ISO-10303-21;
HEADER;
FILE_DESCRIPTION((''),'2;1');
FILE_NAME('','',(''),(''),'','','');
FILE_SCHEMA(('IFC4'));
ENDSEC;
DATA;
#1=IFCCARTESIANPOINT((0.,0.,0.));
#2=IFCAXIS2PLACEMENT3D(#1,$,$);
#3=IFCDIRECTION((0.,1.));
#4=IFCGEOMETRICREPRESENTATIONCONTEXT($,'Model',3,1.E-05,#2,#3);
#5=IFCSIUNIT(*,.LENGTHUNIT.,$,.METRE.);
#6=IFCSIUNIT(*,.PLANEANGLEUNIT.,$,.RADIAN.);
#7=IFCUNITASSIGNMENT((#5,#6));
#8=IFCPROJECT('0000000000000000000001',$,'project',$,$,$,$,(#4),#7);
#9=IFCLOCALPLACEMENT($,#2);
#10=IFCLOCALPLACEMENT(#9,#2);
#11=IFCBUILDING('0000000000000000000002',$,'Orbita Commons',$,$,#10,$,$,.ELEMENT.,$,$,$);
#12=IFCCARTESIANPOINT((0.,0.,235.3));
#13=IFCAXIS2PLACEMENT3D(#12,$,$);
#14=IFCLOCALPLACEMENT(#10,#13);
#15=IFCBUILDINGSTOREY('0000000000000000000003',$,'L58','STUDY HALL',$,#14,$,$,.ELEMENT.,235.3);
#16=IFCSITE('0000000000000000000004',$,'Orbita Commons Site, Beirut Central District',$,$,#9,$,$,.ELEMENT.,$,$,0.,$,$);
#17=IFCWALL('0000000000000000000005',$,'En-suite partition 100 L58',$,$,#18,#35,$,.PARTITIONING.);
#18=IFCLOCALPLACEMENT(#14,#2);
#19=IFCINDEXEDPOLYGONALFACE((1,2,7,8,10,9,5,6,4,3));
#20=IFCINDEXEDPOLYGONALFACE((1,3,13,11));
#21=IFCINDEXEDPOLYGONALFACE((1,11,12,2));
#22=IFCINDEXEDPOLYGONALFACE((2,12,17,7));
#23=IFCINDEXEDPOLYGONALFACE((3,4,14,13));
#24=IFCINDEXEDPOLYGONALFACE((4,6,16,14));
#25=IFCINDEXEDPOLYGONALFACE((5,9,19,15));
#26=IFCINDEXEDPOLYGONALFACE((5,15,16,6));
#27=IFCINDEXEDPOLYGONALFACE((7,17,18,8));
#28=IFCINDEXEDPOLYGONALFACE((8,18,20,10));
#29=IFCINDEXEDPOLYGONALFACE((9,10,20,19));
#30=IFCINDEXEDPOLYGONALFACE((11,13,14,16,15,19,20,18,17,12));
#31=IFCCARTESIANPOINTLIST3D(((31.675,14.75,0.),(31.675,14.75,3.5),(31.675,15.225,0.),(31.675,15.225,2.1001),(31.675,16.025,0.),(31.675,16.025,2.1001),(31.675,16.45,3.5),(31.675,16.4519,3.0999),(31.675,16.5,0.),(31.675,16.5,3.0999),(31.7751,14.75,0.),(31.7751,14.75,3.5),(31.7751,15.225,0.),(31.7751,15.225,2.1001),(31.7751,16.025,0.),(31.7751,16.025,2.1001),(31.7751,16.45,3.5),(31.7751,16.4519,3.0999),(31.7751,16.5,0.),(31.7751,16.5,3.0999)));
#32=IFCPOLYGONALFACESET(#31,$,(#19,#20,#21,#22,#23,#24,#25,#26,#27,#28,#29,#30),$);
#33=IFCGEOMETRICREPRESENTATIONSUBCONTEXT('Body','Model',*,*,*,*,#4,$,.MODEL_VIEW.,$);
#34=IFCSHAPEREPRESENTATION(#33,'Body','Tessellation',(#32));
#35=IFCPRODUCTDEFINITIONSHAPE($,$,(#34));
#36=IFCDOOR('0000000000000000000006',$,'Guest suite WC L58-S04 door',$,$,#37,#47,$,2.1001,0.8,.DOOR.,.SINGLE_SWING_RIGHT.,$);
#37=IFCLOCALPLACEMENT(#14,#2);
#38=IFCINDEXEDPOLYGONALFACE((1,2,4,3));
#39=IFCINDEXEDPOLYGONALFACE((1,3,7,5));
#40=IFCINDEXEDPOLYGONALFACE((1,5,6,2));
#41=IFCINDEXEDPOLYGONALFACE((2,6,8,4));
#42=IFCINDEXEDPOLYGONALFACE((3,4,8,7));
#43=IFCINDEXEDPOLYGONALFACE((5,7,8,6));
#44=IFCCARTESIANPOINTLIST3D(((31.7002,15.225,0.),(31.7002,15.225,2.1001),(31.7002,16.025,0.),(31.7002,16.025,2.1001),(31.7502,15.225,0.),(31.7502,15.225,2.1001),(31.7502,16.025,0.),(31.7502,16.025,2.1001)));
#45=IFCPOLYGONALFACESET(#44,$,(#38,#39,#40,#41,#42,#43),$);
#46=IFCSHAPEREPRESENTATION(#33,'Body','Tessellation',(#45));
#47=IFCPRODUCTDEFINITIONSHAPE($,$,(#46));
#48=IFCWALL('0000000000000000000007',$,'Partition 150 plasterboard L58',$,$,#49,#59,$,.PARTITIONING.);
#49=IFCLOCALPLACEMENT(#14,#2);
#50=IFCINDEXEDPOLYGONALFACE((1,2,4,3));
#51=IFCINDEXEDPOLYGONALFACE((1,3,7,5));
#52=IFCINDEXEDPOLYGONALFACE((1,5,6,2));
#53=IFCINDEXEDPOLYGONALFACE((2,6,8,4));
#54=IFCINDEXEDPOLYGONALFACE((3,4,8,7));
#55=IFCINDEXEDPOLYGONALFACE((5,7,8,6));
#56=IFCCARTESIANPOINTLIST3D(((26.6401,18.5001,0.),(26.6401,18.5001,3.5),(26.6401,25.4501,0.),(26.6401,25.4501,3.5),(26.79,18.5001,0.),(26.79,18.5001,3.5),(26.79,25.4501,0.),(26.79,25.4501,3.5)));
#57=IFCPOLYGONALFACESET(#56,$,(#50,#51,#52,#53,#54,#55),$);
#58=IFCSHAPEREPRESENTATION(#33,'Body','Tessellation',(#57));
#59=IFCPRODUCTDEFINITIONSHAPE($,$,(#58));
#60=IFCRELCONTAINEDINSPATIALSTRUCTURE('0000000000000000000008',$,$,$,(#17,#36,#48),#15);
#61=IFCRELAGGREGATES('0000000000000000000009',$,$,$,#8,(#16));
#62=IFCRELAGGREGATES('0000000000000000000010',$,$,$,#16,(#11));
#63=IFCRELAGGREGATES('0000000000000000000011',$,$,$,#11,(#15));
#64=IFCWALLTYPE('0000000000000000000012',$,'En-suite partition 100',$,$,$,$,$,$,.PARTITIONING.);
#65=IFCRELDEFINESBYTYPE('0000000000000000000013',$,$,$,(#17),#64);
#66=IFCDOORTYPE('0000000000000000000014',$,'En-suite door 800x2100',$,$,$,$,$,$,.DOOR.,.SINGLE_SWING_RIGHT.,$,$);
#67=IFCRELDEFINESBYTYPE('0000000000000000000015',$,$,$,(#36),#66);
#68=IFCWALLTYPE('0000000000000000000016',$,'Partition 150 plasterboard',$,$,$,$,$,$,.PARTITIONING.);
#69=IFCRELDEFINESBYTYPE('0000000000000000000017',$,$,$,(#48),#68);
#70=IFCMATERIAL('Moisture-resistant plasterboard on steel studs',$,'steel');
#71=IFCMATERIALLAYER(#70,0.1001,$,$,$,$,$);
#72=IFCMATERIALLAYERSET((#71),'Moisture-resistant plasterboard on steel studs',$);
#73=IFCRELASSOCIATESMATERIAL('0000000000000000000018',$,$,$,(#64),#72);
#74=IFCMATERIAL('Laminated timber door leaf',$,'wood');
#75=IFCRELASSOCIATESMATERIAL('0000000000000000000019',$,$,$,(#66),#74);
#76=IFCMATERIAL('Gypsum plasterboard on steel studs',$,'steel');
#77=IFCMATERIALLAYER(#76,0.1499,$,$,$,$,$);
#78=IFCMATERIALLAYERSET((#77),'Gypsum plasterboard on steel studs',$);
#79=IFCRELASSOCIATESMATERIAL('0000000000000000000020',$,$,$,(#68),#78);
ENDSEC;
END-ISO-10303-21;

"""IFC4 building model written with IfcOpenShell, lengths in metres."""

from ifc_helpers import new_model, si_unit, direction, frame, frame_2d, origin, place, context, subcontext, project, spatial, polyline, rectangle, outline, extrude, material, layer, layer_set, type_object, element, fill, save


model = new_model("IFC4")

# Units and contexts
model_context = context("Model", 3, precision=1e-05, world=origin(), true_north=direction((0.0, 1.0)))
body_context = subcontext(model_context, "Body", "Model", "MODEL_VIEW")
ifc_project = project(units=[si_unit("LENGTHUNIT", "METRE"), si_unit("PLANEANGLEUNIT", "RADIAN")], contexts=[model_context])

# Site, building, storey
site_placement = place(None, origin())
site = spatial("IfcSite", under=ifc_project, at=site_placement, Name="Orbita Commons Site, Beirut Central District", CompositionType="ELEMENT", RefElevation=0.0)
building_placement = place(site_placement, origin())
building = spatial("IfcBuilding", under=site, at=building_placement, Name="Orbita Commons", CompositionType="ELEMENT")
storey_placement = place(building_placement, frame((0.0, 0.0, 235.3)))
storey = spatial("IfcBuildingStorey", under=building, at=storey_placement, Name="L58", Description="STUDY HALL", CompositionType="ELEMENT", Elevation=235.3)

# Shared definitions
ifc_material_1 = material(Name="Moisture-resistant plasterboard on steel studs", Category="steel")
ifc_layer_1 = layer(ifc_material_1, 0.1001)
ifc_layer_set_1 = layer_set([ifc_layer_1], Name="Moisture-resistant plasterboard on steel studs")
wall_type_1 = type_object("IfcWallType", Name="En-suite partition 100", PredefinedType="PARTITIONING", material=ifc_layer_set_1)

# Shared definitions
ifc_material_2 = material(Name="Laminated timber door leaf", Category="wood")
door_type_1 = type_object("IfcDoorType", Name="En-suite door 800x2100", OperationType="SINGLE_SWING_RIGHT", PredefinedType="DOOR", material=ifc_material_2)

# Wall, opening, door
wall_1_placement = place(storey_placement, frame((31.7251, 14.75, 0.0), z_axis=(0.0, 0.0, 1.0), x_axis=(0.0, 1.0, 0.0)))
wall_1 = element("IfcWall", 1, at=wall_1_placement, inside=storey, type_object=wall_type_1, Name="En-suite partition 100 L58", PredefinedType="PARTITIONING", context=body_context, shape_type="SweptSolid", body=[
    extrude(outline(polyline([(0.0, 0.0), (1.75, 0.0), (1.75, 3.0999), (1.7019, 3.0999), (1.7, 3.5), (0.0, 3.5), (0.0, 0.0)])), frame((0.0, 0.05, 0.0), z_axis=(0.0, -1.0, 0.0), x_axis=(1.0, 0.0, 0.0)), (0.0, 0.0, 1.0), 0.1001),
])
opening_1_placement = place(wall_1_placement, frame((0.4751, 0.0, 0.0)))
opening_1 = element("IfcOpeningElement", 2, at=opening_1_placement, cuts=wall_1, PredefinedType="OPENING", context=body_context, shape_type="SweptSolid", body=[
    extrude(rectangle(XDim=0.8, YDim=2.1001, at=frame_2d((0.3999, 1.05))), frame((0.0, 0.0601, 0.0), z_axis=(0.0, -1.0, 0.0), x_axis=(1.0, 0.0, 0.0)), (0.0, 0.0, 1.0), 0.1201),
])
door_1_placement = place(opening_1_placement, origin())
door_1 = element("IfcDoor", 3, at=door_1_placement, inside=storey, type_object=door_type_1, Name="Guest suite WC L58-S04 door", OperationType="SINGLE_SWING_RIGHT", OverallHeight=2.1001, OverallWidth=0.8, PredefinedType="DOOR", context=body_context, shape_type="SweptSolid", body=[
    extrude(rectangle(XDim=0.8, YDim=2.1001, at=frame_2d((0.3999, 1.05))), frame((0.0, 0.0249, 0.0), z_axis=(0.0, -1.0, 0.0), x_axis=(1.0, 0.0, 0.0)), (0.0, 0.0, 1.0), 0.05),
])
fill(opening_1, door_1)

# Wall
ifc_material_3 = material(Name="Gypsum plasterboard on steel studs", Category="steel")
ifc_layer_2 = layer(ifc_material_3, 0.1499)
ifc_layer_set_2 = layer_set([ifc_layer_2], Name="Gypsum plasterboard on steel studs")
wall_type_2 = type_object("IfcWallType", Name="Partition 150 plasterboard", PredefinedType="PARTITIONING", material=ifc_layer_set_2)
wall_2_placement = place(storey_placement, frame((26.7151, 18.5, 0.0), z_axis=(0.0, 0.0, 1.0), x_axis=(0.0, 1.0, 0.0)))
element("IfcWall", 4, at=wall_2_placement, inside=storey, type_object=wall_type_2, Name="Partition 150 plasterboard L58", PredefinedType="PARTITIONING", context=body_context, shape_type="SweptSolid", body=[
    extrude(rectangle(XDim=6.95, YDim=0.1499, at=frame_2d((3.4751, 0.0))), origin(), (0.0, 0.0, 1.0), 3.5),
])

save(model, "model.ifc")
